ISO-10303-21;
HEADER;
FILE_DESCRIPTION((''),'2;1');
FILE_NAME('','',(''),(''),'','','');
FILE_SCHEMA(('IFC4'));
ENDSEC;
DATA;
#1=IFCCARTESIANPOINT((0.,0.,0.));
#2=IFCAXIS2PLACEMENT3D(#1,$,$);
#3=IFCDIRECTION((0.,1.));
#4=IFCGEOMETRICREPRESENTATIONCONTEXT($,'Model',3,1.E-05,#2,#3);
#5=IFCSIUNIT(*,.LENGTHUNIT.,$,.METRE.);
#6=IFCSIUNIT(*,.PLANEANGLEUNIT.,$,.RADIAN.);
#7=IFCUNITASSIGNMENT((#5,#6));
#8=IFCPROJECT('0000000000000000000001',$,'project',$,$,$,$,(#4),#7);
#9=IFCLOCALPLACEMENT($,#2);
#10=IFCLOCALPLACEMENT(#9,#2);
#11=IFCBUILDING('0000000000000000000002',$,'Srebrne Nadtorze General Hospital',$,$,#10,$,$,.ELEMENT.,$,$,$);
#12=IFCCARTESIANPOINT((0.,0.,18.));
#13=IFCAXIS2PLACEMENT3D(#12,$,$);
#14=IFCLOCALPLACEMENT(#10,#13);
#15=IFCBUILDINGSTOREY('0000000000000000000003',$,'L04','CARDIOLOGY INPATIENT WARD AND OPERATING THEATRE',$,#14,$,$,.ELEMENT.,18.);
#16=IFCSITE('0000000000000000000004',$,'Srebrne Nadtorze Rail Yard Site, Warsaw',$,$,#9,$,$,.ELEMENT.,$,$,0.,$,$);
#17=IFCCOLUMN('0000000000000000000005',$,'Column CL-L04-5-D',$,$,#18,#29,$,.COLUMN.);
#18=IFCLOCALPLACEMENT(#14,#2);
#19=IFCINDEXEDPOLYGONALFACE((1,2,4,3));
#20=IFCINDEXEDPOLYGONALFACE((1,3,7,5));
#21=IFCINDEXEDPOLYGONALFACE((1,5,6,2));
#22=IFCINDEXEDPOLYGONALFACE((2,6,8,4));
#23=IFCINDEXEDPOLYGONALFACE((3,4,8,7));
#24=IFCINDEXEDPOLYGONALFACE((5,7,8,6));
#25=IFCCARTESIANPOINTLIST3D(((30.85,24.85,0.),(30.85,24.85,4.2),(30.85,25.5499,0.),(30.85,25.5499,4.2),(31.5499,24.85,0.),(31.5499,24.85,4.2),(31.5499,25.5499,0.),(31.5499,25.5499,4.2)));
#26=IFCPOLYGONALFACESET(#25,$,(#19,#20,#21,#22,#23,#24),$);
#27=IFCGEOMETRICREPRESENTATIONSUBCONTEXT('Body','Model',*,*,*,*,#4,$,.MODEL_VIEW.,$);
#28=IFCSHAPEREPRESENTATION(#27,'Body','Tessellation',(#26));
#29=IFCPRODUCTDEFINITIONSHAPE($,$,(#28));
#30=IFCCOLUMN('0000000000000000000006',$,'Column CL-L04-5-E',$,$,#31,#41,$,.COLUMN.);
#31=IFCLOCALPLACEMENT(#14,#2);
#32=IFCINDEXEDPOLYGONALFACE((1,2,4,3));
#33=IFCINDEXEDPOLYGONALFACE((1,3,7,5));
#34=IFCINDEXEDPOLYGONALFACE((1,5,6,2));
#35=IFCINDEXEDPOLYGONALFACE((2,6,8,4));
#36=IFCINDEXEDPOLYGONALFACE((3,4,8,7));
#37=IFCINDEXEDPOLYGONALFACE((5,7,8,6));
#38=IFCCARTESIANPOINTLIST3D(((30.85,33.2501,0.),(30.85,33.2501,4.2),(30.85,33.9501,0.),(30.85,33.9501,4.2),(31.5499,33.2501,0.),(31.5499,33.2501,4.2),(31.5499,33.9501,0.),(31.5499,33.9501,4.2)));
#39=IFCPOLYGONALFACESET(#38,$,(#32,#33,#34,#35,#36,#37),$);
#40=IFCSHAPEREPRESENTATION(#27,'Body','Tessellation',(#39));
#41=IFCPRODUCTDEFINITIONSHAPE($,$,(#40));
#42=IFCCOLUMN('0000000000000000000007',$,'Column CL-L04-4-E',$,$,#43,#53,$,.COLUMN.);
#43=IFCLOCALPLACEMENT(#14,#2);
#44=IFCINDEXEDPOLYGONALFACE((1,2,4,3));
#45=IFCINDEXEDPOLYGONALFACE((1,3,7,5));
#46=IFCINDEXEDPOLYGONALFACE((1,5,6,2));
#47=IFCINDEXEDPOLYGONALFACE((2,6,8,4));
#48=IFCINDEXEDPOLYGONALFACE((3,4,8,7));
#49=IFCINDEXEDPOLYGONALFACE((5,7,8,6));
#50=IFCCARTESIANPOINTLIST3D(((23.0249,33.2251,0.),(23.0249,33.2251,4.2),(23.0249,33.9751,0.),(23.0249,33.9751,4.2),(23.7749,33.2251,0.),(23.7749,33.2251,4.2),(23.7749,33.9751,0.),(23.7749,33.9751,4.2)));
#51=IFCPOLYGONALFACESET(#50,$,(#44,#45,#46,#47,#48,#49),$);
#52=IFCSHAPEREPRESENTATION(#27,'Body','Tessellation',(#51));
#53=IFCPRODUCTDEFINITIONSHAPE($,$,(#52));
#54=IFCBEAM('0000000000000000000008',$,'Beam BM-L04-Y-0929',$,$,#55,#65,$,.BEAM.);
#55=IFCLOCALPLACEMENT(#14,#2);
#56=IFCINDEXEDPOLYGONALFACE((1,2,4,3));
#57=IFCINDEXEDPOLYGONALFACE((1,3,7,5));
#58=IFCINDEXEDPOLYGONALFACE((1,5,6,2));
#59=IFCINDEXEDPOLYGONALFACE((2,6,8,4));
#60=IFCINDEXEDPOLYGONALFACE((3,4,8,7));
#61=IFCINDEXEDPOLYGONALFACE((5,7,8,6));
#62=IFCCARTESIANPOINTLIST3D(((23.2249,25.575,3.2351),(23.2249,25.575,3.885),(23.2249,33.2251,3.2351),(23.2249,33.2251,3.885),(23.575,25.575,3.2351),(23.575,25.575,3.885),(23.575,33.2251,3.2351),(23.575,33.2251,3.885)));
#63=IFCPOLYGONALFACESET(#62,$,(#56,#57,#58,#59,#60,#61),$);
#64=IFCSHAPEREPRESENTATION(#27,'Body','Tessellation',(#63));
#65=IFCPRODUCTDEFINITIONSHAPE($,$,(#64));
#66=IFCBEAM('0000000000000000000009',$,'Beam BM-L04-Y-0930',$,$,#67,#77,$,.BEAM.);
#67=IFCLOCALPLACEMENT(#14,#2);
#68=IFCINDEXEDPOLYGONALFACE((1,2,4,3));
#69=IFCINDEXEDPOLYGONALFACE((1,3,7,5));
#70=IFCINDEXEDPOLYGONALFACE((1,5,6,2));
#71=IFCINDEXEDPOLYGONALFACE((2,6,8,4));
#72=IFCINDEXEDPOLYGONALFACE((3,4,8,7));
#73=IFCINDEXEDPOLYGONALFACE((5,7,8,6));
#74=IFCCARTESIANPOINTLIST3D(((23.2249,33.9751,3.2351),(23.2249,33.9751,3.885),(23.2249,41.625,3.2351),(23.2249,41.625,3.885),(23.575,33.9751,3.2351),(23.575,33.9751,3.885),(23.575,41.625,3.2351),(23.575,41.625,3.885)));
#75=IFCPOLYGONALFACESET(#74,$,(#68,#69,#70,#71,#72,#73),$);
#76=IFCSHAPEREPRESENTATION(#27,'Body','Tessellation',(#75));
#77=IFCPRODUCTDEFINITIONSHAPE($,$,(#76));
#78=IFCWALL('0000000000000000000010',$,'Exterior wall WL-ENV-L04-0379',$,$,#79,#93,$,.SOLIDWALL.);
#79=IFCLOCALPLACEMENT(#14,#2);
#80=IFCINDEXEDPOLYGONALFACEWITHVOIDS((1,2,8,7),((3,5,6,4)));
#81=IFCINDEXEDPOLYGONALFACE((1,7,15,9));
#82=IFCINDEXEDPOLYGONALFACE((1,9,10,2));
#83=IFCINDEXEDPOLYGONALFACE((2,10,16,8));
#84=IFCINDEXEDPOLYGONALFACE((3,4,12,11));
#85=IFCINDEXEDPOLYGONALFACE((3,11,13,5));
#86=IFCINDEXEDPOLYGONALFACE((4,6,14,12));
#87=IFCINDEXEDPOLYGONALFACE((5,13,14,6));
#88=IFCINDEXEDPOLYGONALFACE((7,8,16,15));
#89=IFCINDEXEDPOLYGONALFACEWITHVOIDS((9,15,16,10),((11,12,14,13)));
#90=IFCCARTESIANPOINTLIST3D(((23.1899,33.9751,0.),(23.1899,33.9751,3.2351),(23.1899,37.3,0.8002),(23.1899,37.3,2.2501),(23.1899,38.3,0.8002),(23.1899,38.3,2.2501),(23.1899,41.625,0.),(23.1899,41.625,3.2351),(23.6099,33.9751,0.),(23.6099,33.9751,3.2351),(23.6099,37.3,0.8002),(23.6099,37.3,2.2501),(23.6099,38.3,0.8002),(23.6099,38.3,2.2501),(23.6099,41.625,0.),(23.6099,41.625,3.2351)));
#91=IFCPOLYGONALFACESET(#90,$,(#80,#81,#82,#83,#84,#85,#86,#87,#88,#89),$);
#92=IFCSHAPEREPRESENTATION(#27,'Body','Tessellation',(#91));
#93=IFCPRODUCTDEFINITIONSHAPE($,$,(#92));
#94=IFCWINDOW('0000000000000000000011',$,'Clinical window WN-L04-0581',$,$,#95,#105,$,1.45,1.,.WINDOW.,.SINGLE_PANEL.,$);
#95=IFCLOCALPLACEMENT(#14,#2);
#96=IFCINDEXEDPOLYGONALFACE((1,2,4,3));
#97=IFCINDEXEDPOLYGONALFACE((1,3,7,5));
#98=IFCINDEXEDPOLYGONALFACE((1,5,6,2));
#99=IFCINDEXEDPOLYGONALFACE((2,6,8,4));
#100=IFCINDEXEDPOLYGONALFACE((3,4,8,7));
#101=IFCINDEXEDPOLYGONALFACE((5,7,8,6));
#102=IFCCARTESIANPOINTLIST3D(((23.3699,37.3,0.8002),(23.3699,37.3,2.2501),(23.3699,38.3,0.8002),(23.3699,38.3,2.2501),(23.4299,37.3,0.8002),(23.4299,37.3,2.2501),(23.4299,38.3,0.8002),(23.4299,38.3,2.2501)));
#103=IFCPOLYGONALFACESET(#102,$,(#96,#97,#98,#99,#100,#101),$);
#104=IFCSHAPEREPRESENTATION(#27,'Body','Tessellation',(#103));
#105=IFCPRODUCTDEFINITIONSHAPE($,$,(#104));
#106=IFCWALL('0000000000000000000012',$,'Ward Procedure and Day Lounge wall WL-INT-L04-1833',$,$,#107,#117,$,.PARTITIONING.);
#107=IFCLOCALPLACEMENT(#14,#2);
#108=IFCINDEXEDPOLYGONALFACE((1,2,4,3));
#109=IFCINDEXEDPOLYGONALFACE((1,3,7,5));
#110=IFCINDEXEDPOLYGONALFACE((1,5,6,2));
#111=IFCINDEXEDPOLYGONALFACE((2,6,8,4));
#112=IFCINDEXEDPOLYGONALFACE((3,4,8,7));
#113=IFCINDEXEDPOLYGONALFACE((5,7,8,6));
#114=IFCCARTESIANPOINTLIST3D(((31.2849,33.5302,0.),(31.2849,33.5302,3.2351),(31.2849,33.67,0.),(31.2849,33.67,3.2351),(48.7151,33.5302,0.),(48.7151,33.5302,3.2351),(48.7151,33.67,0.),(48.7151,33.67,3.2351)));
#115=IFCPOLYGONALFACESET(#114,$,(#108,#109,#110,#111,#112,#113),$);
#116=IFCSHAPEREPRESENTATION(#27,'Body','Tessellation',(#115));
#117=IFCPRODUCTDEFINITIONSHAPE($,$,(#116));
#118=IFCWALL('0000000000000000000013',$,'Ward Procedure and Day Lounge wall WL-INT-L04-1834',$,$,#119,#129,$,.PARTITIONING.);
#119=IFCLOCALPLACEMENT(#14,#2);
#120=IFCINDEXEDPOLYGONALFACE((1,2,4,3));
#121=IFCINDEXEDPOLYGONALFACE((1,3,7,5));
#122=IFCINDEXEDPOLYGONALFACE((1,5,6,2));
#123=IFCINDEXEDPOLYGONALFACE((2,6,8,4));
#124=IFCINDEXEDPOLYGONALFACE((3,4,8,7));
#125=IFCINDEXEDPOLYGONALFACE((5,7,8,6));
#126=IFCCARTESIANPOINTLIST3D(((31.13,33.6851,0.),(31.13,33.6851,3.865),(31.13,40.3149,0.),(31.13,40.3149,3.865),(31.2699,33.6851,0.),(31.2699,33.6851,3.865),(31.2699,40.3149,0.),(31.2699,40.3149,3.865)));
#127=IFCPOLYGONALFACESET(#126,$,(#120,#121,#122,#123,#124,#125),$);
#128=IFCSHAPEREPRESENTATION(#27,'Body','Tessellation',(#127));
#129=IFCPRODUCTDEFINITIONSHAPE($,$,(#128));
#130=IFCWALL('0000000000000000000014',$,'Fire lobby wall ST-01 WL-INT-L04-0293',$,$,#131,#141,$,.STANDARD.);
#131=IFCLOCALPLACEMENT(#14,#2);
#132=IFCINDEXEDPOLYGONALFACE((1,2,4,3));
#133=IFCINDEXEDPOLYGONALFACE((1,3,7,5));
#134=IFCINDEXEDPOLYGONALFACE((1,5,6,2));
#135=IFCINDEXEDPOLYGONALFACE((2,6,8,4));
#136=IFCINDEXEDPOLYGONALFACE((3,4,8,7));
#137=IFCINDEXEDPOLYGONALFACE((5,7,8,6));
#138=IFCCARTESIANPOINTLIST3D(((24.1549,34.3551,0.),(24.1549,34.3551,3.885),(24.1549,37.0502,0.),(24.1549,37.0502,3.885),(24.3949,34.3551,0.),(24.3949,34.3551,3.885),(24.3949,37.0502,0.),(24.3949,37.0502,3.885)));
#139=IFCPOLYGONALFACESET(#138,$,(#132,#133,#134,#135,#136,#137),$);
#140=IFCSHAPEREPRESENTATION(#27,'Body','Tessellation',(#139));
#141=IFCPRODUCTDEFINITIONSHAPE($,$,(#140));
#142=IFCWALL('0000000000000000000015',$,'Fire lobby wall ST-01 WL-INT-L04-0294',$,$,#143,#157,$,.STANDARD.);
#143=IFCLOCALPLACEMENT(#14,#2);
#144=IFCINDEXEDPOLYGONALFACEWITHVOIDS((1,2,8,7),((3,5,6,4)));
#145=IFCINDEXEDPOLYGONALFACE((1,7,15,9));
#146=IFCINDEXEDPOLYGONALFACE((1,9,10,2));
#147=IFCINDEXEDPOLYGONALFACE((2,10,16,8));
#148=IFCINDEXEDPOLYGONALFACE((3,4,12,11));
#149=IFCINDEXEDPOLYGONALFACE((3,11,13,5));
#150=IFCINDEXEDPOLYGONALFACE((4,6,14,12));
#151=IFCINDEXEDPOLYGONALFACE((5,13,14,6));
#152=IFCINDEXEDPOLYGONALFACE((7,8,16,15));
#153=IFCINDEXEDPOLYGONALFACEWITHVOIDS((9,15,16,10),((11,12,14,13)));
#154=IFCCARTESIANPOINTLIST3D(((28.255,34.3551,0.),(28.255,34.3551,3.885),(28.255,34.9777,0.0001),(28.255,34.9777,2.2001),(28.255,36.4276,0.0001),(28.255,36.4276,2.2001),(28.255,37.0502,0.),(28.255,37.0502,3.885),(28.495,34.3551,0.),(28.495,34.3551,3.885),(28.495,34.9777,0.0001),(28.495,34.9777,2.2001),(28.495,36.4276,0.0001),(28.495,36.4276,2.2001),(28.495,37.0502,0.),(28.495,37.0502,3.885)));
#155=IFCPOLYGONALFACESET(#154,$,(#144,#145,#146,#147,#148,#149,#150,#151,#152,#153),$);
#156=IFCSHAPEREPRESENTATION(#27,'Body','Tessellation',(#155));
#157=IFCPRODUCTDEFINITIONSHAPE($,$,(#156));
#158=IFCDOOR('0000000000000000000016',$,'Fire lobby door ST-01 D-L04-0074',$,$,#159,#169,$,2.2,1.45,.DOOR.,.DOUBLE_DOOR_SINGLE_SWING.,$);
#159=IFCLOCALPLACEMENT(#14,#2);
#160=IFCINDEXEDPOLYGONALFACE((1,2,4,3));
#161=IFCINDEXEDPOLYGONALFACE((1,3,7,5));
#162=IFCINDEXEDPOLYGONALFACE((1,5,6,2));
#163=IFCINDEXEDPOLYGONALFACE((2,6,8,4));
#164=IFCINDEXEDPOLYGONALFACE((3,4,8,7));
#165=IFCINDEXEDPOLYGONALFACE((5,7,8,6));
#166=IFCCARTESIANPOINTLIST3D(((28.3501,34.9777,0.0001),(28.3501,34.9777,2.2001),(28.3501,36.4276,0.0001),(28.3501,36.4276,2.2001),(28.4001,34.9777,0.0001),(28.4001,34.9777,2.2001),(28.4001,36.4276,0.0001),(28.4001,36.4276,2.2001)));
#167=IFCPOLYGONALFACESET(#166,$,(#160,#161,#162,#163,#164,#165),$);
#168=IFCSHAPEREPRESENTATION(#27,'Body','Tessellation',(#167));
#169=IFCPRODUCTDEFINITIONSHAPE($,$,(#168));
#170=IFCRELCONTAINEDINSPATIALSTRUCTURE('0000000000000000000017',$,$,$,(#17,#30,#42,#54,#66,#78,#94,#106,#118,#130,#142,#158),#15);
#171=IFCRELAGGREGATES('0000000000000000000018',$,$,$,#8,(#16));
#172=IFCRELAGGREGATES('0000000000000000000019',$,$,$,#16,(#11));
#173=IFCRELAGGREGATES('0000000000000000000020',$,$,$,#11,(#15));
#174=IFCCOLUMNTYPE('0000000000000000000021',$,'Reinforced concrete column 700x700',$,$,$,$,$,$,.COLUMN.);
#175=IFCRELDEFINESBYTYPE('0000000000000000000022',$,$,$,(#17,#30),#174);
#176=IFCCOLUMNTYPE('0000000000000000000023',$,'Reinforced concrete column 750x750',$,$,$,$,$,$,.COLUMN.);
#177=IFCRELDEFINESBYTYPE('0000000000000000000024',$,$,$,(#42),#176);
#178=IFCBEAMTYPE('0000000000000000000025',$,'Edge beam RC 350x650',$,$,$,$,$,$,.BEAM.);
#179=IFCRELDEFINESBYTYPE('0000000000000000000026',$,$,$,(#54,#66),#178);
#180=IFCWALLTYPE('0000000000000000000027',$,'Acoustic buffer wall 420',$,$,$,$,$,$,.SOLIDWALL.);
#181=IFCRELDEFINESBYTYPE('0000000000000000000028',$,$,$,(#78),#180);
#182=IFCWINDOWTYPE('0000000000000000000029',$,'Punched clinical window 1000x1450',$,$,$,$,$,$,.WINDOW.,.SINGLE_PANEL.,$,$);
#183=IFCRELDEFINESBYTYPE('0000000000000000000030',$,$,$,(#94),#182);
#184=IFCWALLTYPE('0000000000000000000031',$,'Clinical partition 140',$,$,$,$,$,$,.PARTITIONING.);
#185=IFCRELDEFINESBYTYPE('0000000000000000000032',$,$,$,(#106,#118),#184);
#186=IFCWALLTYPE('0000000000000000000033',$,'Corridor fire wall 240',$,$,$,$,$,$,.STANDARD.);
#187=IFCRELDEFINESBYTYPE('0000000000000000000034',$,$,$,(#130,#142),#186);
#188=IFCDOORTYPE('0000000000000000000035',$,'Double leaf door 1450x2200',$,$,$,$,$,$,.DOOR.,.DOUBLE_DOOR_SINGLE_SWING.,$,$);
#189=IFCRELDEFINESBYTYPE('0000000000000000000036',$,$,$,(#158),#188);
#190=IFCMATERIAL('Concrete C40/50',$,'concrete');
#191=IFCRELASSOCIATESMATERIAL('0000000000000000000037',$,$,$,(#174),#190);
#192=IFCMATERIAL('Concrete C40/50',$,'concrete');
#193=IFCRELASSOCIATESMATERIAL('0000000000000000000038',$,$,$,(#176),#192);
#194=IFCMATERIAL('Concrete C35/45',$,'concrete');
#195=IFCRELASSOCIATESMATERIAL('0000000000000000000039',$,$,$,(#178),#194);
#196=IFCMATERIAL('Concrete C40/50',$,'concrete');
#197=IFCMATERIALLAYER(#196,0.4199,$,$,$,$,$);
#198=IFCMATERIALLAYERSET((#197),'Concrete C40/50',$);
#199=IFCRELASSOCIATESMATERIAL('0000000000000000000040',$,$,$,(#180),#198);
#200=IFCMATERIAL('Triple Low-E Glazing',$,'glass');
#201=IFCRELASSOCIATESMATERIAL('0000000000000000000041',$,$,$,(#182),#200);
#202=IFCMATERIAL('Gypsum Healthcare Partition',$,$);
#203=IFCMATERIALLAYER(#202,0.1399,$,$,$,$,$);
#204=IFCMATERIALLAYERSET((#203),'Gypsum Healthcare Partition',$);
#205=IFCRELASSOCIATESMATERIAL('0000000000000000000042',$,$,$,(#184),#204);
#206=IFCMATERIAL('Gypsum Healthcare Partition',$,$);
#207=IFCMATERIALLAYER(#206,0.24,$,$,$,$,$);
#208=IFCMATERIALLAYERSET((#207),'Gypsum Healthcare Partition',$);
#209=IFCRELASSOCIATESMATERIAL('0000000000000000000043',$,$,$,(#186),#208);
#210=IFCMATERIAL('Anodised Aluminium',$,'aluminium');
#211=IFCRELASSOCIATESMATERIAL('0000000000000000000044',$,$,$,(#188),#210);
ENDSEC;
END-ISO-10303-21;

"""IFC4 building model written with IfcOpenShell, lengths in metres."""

from ifc_helpers import new_model, si_unit, direction, frame, frame_2d, origin, origin_2d, place, context, subcontext, project, spatial, rectangle, extrude, material, layer, layer_set, material_profile, profile_set, type_object, element, fill, save


model = new_model("IFC4")

# Units and contexts
model_context = context("Model", 3, precision=1e-05, world=origin(), true_north=direction((0.0, 1.0)))
body_context = subcontext(model_context, "Body", "Model", "MODEL_VIEW")
ifc_project = project(units=[si_unit("LENGTHUNIT", "METRE"), si_unit("PLANEANGLEUNIT", "RADIAN")], contexts=[model_context])

# Site, building, storey
site_placement = place(None, origin())
site = spatial("IfcSite", under=ifc_project, at=site_placement, Name="Srebrne Nadtorze Rail Yard Site, Warsaw", CompositionType="ELEMENT", RefElevation=0.0)
building_placement = place(site_placement, origin())
building = spatial("IfcBuilding", under=site, at=building_placement, Name="Srebrne Nadtorze General Hospital", CompositionType="ELEMENT")
storey_placement = place(building_placement, frame((0.0, 0.0, 18.0)))
storey = spatial("IfcBuildingStorey", under=building, at=storey_placement, Name="L04", Description="CARDIOLOGY INPATIENT WARD AND OPERATING THEATRE", CompositionType="ELEMENT", Elevation=18.0)

# Columns
ifc_material_1 = material(Name="Concrete C40/50", Category="concrete")
ifc_material_profile_1 = material_profile(ifc_material_1, rectangle(XDim=0.7, YDim=0.7, at=origin_2d()), Name="RC-COL-700x700")
ifc_profile_set_1 = profile_set([ifc_material_profile_1], Name="Concrete C40/50")
column_type_1 = type_object("IfcColumnType", Name="Reinforced concrete column 700x700", PredefinedType="COLUMN", material=ifc_profile_set_1)
for number, where, z_axis, x_axis, name in (
    (1, (31.2, 25.2, 0.0), (0.0, 0.0, 1.0), (1.0, 0.0, 0.0), "Column CL-L04-5-D"),
    (2, (31.2, 33.6001, 0.0), (0.0, 0.0, 1.0), (1.0, 0.0, 0.0), "Column CL-L04-5-E"),
):
    element("IfcColumn", number, at=place(storey_placement, frame(where, z_axis=z_axis, x_axis=x_axis)), inside=storey, type_object=column_type_1, Name=name, PredefinedType="COLUMN", context=body_context, shape_type="SweptSolid", body=[
        extrude(rectangle(XDim=0.7, YDim=0.7, at=origin_2d()), origin(), (0.0, 0.0, 1.0), 4.2),
    ])
ifc_material_2 = material(Name="Concrete C40/50", Category="concrete")
ifc_material_profile_2 = material_profile(ifc_material_2, rectangle(XDim=0.75, YDim=0.75, at=origin_2d()), Name="RC-COL-750x750")
ifc_profile_set_2 = profile_set([ifc_material_profile_2], Name="Concrete C40/50")
column_type_2 = type_object("IfcColumnType", Name="Reinforced concrete column 750x750", PredefinedType="COLUMN", material=ifc_profile_set_2)
column_placement = place(storey_placement, frame((23.3999, 33.6001, 0.0), z_axis=(0.0, 0.0, 1.0), x_axis=(1.0, 0.0, 0.0)))
element("IfcColumn", 3, at=column_placement, inside=storey, type_object=column_type_2, Name="Column CL-L04-4-E", PredefinedType="COLUMN", context=body_context, shape_type="SweptSolid", body=[
    extrude(rectangle(XDim=0.75, YDim=0.75, at=origin_2d()), origin(), (0.0, 0.0, 1.0), 4.2),
])

# Beams
ifc_material_3 = material(Name="Concrete C35/45", Category="concrete")
ifc_material_profile_3 = material_profile(ifc_material_3, rectangle(XDim=0.3501, YDim=0.6499, at=origin_2d()), Name="RC-BM-350x650")
ifc_profile_set_3 = profile_set([ifc_material_profile_3], Name="Concrete C35/45")
beam_type = type_object("IfcBeamType", Name="Edge beam RC 350x650", PredefinedType="BEAM", material=ifc_profile_set_3)
beam_1_placement = place(storey_placement, frame((23.3999, 25.575, 3.5601), z_axis=(0.0, 1.0, 0.0), x_axis=(-1.0, 0.0, 0.0)))
element("IfcBeam", 4, at=beam_1_placement, inside=storey, type_object=beam_type, Name="Beam BM-L04-Y-0929", PredefinedType="BEAM", context=body_context, shape_type="SweptSolid", body=[
    extrude(rectangle(XDim=0.3501, YDim=0.6499, at=origin_2d()), origin(), (0.0, 0.0, 1.0), 7.6501),
])
beam_2_placement = place(storey_placement, frame((23.3999, 33.9751, 3.5601), z_axis=(0.0, 1.0, 0.0), x_axis=(-1.0, 0.0, 0.0)))
element("IfcBeam", 5, at=beam_2_placement, inside=storey, type_object=beam_type, Name="Beam BM-L04-Y-0930", PredefinedType="BEAM", context=body_context, shape_type="SweptSolid", body=[
    extrude(rectangle(XDim=0.3501, YDim=0.6499, at=origin_2d()), origin(), (0.0, 0.0, 1.0), 7.6499),
])

# Wall, opening, window
ifc_material_4 = material(Name="Concrete C40/50", Category="concrete")
ifc_layer_1 = layer(ifc_material_4, 0.4199)
ifc_layer_set_1 = layer_set([ifc_layer_1], Name="Concrete C40/50")
wall_type_1 = type_object("IfcWallType", Name="Acoustic buffer wall 420", PredefinedType="SOLIDWALL", material=ifc_layer_set_1)
wall_1_placement = place(storey_placement, frame((23.3999, 33.9751, 0.0), z_axis=(0.0, 0.0, 1.0), x_axis=(0.0, 1.0, 0.0)))
wall_1 = element("IfcWall", 6, at=wall_1_placement, inside=storey, type_object=wall_type_1, Name="Exterior wall WL-ENV-L04-0379", PredefinedType="SOLIDWALL", context=body_context, shape_type="SweptSolid", body=[
    extrude(rectangle(XDim=7.6499, YDim=0.4199, at=frame_2d((3.825, 0.0))), origin(), (0.0, 0.0, 1.0), 3.2351),
])
opening_1_placement = place(wall_1_placement, frame((3.325, 0.0, 0.8)))
opening_1 = element("IfcOpeningElement", 7, at=opening_1_placement, cuts=wall_1, PredefinedType="OPENING", context=body_context, shape_type="SweptSolid", body=[
    extrude(rectangle(XDim=1.0, YDim=1.45, at=frame_2d((0.5, 0.7251))), frame((0.0, 0.2219, 0.0), z_axis=(0.0, -1.0, 0.0), x_axis=(1.0, 0.0, 0.0)), (0.0, 0.0, 1.0), 0.4438),
])
ifc_material_5 = material(Name="Triple Low-E Glazing", Category="glass")
window_type_1 = type_object("IfcWindowType", Name="Punched clinical window 1000x1450", PartitioningType="SINGLE_PANEL", PredefinedType="WINDOW", material=ifc_material_5)
window_1_placement = place(opening_1_placement, origin())
window_1 = element("IfcWindow", 8, at=window_1_placement, inside=storey, type_object=window_type_1, Name="Clinical window WN-L04-0581", OverallHeight=1.45, OverallWidth=1.0, PartitioningType="SINGLE_PANEL", PredefinedType="WINDOW", context=body_context, shape_type="SweptSolid", body=[
    extrude(rectangle(XDim=1.0, YDim=1.45, at=frame_2d((0.5, 0.7251))), frame((0.0, 0.03, 0.0), z_axis=(0.0, -1.0, 0.0), x_axis=(1.0, 0.0, 0.0)), (0.0, 0.0, 1.0), 0.0601),
])
fill(opening_1, window_1)

# Walls
ifc_material_6 = material(Name="Gypsum Healthcare Partition")
ifc_layer_2 = layer(ifc_material_6, 0.1399)
ifc_layer_set_2 = layer_set([ifc_layer_2], Name="Gypsum Healthcare Partition")
wall_type_2 = type_object("IfcWallType", Name="Clinical partition 140", PredefinedType="PARTITIONING", material=ifc_layer_set_2)
wall_2_placement = place(storey_placement, frame((31.2849, 33.6001, 0.0), z_axis=(0.0, 0.0, 1.0), x_axis=(1.0, 0.0, 0.0)))
element("IfcWall", 9, at=wall_2_placement, inside=storey, type_object=wall_type_2, Name="Ward Procedure and Day Lounge wall WL-INT-L04-1833", PredefinedType="PARTITIONING", context=body_context, shape_type="SweptSolid", body=[
    extrude(rectangle(XDim=17.4302, YDim=0.1399, at=frame_2d((8.7151, 0.0))), origin(), (0.0, 0.0, 1.0), 3.2351),
])
wall_3_placement = place(storey_placement, frame((31.2, 33.6851, 0.0), z_axis=(0.0, 0.0, 1.0), x_axis=(0.0, 1.0, 0.0)))
element("IfcWall", 10, at=wall_3_placement, inside=storey, type_object=wall_type_2, Name="Ward Procedure and Day Lounge wall WL-INT-L04-1834", PredefinedType="PARTITIONING", context=body_context, shape_type="SweptSolid", body=[
    extrude(rectangle(XDim=6.6299, YDim=0.1399, at=frame_2d((3.3149, 0.0))), origin(), (0.0, 0.0, 1.0), 3.865),
])
ifc_material_7 = material(Name="Gypsum Healthcare Partition")
ifc_layer_3 = layer(ifc_material_7, 0.24)
ifc_layer_set_3 = layer_set([ifc_layer_3], Name="Gypsum Healthcare Partition")
wall_type_3 = type_object("IfcWallType", Name="Corridor fire wall 240", PredefinedType="STANDARD", material=ifc_layer_set_3)
wall_4_placement = place(storey_placement, frame((24.2749, 34.355, 0.0), z_axis=(0.0, 0.0, 1.0), x_axis=(0.0, 1.0, 0.0)))
element("IfcWall", 11, at=wall_4_placement, inside=storey, type_object=wall_type_3, Name="Fire lobby wall ST-01 WL-INT-L04-0293", PredefinedType="STANDARD", context=body_context, shape_type="SweptSolid", body=[
    extrude(rectangle(XDim=2.6951, YDim=0.24, at=frame_2d((1.3477, 0.0))), origin(), (0.0, 0.0, 1.0), 3.885),
])

# Wall, opening, door
wall_5_placement = place(storey_placement, frame((28.375, 34.355, 0.0), z_axis=(0.0, 0.0, 1.0), x_axis=(0.0, 1.0, 0.0)))
wall_5 = element("IfcWall", 12, at=wall_5_placement, inside=storey, type_object=wall_type_3, Name="Fire lobby wall ST-01 WL-INT-L04-0294", PredefinedType="STANDARD", context=body_context, shape_type="SweptSolid", body=[
    extrude(rectangle(XDim=2.6951, YDim=0.24, at=frame_2d((1.3477, 0.0))), origin(), (0.0, 0.0, 1.0), 3.885),
])
opening_2_placement = place(wall_5_placement, frame((0.6226, 0.0, 0.0)))
opening_2 = element("IfcOpeningElement", 13, at=opening_2_placement, cuts=wall_5, PredefinedType="OPENING", context=body_context, shape_type="SweptSolid", body=[
    extrude(rectangle(XDim=1.45, YDim=2.2, at=frame_2d((0.7251, 1.1001))), frame((0.0, 0.1318, 0.0), z_axis=(0.0, -1.0, 0.0), x_axis=(1.0, 0.0, 0.0)), (0.0, 0.0, 1.0), 0.2639),
])
ifc_material_8 = material(Name="Anodised Aluminium", Category="aluminium")
door_type = type_object("IfcDoorType", Name="Double leaf door 1450x2200", OperationType="DOUBLE_DOOR_SINGLE_SWING", PredefinedType="DOOR", material=ifc_material_8)
door_1_placement = place(opening_2_placement, origin())
door_1 = element("IfcDoor", 14, at=door_1_placement, inside=storey, type_object=door_type, Name="Fire lobby door ST-01 D-L04-0074", OperationType="DOUBLE_DOOR_SINGLE_SWING", OverallHeight=2.2, OverallWidth=1.45, PredefinedType="DOOR", context=body_context, shape_type="SweptSolid", body=[
    extrude(rectangle(XDim=1.45, YDim=2.2, at=frame_2d((0.7251, 1.1001))), frame((0.0, 0.0249, 0.0), z_axis=(0.0, -1.0, 0.0), x_axis=(1.0, 0.0, 0.0)), (0.0, 0.0, 1.0), 0.05),
])
fill(opening_2, door_1)

save(model, "model.ifc")
